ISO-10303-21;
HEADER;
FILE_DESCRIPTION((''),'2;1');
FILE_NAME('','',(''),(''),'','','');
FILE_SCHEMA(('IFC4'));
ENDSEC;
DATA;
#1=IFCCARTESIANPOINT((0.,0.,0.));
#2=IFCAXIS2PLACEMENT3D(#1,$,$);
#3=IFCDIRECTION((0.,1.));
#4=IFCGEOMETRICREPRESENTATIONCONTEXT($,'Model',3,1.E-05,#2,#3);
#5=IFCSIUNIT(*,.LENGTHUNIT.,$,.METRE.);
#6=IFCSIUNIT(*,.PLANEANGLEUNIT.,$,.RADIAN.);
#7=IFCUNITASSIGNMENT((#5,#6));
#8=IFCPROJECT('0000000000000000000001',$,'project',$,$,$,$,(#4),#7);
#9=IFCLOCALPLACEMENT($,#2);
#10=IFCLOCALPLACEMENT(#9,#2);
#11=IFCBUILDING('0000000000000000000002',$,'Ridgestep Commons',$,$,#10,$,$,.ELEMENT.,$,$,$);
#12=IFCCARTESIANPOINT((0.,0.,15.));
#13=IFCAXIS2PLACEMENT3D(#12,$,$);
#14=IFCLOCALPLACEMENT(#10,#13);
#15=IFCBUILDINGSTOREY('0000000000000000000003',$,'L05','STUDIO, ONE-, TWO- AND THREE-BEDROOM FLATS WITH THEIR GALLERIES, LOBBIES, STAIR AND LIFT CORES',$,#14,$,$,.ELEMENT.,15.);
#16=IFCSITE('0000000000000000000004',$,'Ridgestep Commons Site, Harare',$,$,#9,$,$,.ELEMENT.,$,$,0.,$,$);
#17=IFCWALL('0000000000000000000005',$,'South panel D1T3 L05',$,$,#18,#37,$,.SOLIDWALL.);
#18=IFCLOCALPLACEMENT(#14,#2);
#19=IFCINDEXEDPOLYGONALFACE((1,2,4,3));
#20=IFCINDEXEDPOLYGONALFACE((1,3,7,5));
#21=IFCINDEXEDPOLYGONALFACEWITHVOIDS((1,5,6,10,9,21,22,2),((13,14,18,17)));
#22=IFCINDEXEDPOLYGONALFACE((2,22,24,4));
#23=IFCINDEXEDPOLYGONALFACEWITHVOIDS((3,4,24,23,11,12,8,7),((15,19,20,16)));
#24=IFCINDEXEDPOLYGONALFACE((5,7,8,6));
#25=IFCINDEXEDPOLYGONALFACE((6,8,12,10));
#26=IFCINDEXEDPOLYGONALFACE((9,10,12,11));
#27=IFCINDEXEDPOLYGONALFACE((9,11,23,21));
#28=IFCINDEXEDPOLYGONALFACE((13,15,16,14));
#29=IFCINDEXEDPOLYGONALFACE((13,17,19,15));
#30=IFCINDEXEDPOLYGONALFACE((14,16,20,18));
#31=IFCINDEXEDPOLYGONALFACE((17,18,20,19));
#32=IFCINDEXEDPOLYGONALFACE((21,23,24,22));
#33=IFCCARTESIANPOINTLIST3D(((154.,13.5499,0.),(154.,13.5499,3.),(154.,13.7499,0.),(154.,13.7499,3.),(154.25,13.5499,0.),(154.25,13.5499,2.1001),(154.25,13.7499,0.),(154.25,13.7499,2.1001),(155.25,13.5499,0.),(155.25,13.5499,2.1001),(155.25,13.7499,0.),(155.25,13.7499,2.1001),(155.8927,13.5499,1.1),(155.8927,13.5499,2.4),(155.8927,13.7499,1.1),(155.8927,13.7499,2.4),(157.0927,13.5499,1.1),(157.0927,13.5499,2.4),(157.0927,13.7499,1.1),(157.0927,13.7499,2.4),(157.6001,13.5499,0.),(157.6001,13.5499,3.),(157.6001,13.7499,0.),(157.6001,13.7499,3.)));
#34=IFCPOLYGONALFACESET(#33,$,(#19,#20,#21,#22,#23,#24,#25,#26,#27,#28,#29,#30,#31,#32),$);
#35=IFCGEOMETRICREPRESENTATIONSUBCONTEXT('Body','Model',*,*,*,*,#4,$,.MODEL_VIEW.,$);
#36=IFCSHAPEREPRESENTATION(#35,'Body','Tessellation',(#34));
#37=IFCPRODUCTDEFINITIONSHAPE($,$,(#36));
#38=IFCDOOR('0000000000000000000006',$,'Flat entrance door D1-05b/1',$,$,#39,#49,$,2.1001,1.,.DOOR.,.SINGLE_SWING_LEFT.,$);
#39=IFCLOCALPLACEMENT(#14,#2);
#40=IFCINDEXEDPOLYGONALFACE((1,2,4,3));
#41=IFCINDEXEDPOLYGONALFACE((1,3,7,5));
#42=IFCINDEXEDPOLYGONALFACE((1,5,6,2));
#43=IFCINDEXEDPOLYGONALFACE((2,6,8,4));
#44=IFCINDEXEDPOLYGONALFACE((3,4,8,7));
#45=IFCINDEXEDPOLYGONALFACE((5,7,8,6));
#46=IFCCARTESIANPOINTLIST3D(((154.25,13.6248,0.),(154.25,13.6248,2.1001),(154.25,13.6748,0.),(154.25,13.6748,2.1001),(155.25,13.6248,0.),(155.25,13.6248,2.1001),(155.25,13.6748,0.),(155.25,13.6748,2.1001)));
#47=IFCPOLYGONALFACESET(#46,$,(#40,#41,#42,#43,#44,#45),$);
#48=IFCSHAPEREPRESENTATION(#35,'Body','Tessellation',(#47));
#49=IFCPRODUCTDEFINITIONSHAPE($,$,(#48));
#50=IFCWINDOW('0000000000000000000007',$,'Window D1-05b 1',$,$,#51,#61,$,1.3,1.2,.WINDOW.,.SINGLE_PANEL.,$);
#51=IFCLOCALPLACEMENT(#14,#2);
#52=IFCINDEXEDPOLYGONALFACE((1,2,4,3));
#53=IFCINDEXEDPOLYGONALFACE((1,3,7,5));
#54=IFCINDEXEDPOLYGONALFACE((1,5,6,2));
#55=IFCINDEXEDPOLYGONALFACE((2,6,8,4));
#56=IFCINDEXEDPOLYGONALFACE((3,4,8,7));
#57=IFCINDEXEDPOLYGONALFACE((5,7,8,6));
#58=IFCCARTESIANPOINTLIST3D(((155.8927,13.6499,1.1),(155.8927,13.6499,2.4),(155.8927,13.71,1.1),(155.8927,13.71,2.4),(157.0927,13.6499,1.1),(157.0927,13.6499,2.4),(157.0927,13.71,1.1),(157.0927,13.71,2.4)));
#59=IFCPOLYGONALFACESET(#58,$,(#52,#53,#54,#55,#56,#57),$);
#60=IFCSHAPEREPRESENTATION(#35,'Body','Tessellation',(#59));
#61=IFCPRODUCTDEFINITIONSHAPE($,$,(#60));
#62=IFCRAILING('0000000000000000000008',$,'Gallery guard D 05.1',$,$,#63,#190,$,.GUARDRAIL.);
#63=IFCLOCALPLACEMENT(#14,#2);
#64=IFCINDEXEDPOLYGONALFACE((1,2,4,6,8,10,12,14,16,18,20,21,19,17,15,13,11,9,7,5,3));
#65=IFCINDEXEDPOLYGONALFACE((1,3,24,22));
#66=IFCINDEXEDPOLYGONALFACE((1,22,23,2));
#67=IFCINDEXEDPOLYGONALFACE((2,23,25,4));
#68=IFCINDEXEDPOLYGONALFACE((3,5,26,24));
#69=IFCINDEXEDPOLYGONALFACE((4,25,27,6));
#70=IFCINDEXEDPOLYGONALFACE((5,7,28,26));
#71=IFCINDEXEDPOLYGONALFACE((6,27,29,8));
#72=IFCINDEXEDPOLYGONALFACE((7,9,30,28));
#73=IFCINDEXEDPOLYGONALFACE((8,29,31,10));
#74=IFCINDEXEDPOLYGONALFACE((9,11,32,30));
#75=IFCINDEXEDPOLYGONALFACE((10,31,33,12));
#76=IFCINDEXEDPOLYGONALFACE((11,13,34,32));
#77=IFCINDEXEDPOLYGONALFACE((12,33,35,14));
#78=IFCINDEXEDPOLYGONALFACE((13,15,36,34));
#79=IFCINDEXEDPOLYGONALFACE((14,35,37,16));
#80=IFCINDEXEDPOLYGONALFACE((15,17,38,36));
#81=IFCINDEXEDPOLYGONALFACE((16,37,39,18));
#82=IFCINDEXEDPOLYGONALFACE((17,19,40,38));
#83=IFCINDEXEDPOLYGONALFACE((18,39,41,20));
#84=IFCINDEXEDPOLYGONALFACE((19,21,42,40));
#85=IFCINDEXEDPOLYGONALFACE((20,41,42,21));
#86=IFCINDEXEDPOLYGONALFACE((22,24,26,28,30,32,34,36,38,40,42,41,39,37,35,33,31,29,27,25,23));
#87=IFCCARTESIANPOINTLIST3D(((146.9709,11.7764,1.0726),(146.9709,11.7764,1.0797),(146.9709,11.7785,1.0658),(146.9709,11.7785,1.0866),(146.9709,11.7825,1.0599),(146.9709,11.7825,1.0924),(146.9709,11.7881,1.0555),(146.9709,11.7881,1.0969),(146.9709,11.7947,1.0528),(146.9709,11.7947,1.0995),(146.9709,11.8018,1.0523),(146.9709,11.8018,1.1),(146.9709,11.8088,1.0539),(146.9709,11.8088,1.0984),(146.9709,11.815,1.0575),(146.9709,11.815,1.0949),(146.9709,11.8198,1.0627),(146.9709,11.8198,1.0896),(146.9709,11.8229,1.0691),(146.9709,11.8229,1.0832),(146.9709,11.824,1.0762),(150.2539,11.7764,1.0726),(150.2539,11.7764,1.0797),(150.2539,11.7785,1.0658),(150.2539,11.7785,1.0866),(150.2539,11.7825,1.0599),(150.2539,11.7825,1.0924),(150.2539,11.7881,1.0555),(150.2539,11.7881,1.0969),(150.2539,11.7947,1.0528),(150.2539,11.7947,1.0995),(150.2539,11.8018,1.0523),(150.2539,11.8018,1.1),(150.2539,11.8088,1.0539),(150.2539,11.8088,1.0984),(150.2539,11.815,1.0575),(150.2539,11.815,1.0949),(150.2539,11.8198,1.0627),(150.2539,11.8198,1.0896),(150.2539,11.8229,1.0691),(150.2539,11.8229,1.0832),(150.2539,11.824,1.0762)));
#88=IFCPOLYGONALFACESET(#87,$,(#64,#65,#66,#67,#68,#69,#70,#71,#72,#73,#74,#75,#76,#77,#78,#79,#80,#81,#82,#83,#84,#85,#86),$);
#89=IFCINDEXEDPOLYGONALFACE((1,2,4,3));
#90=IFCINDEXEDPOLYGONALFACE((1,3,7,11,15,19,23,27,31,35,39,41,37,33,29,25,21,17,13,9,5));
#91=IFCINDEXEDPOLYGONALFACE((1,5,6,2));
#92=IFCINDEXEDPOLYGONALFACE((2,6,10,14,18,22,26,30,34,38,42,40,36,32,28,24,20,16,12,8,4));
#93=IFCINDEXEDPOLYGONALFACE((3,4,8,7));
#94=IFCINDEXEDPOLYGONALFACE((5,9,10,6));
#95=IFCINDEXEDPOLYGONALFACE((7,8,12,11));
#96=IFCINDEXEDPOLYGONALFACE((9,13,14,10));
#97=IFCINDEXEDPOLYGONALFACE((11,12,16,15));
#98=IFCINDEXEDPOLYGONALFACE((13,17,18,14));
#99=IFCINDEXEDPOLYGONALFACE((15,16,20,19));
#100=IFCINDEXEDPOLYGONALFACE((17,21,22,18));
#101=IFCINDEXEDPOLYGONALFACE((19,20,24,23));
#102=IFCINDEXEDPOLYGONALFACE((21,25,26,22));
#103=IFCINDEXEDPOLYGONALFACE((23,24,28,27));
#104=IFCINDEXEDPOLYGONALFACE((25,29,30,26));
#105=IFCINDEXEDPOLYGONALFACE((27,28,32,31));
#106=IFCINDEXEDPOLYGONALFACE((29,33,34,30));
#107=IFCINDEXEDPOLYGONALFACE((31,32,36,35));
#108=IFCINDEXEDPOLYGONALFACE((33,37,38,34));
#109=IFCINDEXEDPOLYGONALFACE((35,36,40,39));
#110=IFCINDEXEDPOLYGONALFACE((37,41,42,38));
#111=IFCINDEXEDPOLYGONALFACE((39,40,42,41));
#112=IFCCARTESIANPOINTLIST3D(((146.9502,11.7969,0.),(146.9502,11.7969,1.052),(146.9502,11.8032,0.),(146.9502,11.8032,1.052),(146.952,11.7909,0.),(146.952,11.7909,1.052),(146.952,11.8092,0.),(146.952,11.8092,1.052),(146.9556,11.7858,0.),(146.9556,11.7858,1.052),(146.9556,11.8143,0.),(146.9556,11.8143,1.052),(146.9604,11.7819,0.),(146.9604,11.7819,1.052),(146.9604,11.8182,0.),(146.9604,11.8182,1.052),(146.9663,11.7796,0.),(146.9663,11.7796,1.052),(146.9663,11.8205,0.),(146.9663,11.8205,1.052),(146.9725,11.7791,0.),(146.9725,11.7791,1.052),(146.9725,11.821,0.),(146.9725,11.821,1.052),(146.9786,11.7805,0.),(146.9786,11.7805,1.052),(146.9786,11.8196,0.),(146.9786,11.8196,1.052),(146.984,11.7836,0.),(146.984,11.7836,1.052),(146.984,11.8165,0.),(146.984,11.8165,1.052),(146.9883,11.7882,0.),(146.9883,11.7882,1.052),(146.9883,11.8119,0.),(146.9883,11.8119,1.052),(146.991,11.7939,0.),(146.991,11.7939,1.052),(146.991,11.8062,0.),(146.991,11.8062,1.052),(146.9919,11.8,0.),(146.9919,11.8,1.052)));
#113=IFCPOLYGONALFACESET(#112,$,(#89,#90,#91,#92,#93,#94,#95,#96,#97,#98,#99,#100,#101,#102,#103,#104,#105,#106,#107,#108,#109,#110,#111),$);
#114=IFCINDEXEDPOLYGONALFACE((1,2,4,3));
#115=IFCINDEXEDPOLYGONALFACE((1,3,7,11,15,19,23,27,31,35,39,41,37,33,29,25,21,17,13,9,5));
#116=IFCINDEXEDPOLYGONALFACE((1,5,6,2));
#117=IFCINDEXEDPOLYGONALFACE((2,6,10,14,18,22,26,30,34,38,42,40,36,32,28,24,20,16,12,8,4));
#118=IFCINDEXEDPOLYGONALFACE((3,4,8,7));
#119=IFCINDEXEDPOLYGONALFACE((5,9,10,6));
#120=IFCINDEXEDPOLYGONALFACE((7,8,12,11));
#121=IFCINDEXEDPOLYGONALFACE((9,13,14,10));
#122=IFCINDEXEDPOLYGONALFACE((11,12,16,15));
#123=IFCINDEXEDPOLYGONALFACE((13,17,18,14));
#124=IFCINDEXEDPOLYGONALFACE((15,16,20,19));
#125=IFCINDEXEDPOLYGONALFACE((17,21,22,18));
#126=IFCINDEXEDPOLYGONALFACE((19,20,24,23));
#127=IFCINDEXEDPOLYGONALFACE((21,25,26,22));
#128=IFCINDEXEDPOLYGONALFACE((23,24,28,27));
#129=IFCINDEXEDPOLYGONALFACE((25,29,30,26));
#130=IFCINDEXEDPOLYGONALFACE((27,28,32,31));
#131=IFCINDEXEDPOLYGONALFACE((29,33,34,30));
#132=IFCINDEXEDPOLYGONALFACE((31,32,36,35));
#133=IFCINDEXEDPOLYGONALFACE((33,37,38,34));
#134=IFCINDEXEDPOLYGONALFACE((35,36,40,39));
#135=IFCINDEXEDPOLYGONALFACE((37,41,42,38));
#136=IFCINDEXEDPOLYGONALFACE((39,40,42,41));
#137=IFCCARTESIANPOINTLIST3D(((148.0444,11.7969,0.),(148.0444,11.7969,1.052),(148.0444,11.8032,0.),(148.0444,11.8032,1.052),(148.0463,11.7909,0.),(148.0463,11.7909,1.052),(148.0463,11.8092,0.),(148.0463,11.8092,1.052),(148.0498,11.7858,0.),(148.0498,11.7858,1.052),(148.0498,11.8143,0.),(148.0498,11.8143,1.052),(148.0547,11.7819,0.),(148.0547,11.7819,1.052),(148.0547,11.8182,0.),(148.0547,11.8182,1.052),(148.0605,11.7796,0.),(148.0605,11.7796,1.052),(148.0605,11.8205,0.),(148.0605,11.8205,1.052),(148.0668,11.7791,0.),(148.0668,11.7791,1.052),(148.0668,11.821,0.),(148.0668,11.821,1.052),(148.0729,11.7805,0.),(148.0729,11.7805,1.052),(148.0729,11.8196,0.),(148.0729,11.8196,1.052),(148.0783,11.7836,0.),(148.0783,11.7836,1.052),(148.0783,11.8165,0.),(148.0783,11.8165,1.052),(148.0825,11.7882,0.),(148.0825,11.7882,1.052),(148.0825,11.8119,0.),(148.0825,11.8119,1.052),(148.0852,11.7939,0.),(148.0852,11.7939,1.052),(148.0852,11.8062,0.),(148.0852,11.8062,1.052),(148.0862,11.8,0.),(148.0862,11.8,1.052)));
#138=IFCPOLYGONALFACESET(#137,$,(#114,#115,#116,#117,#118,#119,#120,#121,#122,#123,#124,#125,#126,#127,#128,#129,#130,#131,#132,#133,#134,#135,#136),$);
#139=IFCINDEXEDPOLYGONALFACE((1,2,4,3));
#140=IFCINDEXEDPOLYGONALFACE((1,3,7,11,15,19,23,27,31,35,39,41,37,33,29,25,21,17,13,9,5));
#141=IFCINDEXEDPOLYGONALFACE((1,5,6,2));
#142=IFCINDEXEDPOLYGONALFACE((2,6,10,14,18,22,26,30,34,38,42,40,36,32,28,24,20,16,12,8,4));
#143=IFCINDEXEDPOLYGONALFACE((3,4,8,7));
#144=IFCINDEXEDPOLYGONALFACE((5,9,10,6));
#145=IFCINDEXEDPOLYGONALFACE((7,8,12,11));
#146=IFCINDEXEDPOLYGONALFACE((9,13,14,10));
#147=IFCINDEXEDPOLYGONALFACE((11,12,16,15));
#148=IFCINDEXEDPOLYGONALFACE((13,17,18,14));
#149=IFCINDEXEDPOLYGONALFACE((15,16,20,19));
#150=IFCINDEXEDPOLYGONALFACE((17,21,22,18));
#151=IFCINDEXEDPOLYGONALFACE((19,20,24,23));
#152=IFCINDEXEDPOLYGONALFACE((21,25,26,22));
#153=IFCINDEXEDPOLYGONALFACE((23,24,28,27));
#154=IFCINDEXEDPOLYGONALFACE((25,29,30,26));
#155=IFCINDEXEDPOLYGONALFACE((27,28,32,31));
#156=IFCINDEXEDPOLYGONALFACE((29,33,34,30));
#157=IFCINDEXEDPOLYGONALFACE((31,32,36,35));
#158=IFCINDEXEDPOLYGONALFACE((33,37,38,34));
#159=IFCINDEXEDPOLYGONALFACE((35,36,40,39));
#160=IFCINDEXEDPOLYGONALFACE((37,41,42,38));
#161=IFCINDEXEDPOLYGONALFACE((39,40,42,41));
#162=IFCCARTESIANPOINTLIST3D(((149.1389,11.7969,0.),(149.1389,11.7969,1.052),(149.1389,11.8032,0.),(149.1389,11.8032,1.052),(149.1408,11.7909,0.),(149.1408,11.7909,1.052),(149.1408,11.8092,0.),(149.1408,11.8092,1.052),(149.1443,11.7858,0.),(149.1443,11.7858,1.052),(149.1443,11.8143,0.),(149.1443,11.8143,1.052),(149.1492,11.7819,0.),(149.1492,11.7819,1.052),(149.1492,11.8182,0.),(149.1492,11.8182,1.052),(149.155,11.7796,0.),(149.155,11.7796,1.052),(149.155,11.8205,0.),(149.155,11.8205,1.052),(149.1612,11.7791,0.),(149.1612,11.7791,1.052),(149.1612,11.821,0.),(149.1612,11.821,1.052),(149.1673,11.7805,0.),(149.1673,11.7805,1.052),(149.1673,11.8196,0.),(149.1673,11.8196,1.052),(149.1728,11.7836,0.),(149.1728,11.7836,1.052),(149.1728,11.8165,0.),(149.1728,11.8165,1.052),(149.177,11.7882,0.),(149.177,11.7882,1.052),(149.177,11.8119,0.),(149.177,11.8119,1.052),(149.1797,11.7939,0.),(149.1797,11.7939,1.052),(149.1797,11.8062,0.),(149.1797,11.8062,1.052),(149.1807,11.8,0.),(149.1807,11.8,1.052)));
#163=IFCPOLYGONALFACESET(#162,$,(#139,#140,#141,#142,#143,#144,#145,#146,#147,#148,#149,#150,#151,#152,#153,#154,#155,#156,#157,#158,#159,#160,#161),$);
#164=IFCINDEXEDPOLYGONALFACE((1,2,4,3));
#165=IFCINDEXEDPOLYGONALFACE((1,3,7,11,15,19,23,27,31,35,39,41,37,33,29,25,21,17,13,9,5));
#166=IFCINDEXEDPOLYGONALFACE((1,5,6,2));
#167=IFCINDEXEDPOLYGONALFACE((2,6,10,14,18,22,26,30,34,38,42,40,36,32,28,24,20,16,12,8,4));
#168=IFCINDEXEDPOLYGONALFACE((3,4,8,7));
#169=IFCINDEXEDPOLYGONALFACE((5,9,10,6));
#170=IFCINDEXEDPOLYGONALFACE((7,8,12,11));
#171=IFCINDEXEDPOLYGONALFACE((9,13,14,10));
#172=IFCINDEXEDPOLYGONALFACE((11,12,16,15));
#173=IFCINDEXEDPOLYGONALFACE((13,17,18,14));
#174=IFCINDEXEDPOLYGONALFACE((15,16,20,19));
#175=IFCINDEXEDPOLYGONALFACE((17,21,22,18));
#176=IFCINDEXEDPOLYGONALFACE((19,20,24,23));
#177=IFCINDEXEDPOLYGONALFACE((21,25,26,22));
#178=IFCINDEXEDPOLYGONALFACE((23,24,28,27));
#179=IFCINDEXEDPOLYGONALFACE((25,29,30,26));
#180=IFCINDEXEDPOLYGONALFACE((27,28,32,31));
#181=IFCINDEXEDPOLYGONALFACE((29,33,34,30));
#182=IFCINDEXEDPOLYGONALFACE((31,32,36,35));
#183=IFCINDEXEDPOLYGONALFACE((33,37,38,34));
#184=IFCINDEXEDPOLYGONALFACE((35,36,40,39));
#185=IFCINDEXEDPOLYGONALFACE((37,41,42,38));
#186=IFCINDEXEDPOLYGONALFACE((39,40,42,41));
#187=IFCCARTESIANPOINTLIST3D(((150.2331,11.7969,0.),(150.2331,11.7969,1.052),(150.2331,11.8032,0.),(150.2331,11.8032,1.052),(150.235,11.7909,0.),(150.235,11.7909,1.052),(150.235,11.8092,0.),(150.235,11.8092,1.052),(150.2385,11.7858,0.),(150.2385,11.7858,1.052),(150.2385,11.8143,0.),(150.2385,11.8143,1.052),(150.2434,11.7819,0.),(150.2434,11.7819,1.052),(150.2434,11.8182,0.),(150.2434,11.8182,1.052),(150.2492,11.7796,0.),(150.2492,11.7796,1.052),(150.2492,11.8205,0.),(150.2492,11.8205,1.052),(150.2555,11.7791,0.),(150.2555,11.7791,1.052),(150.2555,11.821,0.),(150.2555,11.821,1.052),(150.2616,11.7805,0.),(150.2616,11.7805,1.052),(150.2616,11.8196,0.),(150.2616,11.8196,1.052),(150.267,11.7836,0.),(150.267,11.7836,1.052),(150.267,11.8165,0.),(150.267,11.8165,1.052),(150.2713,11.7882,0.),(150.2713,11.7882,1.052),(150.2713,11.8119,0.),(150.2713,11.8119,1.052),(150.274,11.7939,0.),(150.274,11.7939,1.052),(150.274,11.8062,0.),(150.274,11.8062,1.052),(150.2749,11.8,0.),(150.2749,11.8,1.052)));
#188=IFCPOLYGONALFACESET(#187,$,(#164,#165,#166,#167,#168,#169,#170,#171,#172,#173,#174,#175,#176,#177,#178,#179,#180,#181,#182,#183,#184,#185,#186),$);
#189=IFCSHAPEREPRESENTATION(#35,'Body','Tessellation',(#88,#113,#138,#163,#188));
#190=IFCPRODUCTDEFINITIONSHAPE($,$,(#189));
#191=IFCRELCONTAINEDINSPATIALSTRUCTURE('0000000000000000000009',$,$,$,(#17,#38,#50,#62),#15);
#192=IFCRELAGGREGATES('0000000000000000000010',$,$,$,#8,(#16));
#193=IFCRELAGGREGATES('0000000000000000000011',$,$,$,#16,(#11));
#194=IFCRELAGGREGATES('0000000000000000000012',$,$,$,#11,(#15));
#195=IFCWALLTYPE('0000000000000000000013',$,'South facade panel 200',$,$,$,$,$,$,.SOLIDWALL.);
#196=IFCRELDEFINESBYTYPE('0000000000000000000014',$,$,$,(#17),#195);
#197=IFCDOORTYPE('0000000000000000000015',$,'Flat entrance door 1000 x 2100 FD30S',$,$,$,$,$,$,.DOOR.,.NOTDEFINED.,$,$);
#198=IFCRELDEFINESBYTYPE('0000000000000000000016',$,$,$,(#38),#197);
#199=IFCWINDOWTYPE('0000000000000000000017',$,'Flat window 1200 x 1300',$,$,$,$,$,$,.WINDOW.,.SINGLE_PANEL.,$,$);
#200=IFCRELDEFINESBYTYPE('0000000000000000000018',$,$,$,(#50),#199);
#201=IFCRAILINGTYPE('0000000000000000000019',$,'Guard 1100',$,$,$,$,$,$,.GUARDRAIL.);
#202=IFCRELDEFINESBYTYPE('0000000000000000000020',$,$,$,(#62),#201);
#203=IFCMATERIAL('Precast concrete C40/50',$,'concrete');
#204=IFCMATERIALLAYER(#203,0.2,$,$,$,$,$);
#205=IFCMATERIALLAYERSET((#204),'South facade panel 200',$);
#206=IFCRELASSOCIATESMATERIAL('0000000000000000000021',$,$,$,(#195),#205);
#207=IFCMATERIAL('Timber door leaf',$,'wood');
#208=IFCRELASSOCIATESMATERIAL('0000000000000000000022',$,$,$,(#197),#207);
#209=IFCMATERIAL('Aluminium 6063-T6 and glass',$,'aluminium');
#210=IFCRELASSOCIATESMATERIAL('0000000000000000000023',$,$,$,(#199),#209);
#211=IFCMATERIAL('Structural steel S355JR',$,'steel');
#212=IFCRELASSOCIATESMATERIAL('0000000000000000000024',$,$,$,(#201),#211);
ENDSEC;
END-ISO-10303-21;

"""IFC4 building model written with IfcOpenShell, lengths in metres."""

from ifc_helpers import new_model, si_unit, direction, frame, frame_2d, origin, origin_2d, place, context, subcontext, project, spatial, rectangle, circle, extrude, material, layer, layer_set, type_object, element, fill, save


model = new_model("IFC4")

# Units and contexts
model_context = context("Model", 3, precision=1e-05, world=origin(), true_north=direction((0.0, 1.0)))
body_context = subcontext(model_context, "Body", "Model", "MODEL_VIEW")
ifc_project = project(units=[si_unit("LENGTHUNIT", "METRE"), si_unit("PLANEANGLEUNIT", "RADIAN")], contexts=[model_context])

# Site, building, storey
site_placement = place(None, origin())
site = spatial("IfcSite", under=ifc_project, at=site_placement, Name="Ridgestep Commons Site, Harare", CompositionType="ELEMENT", RefElevation=0.0)
building_placement = place(site_placement, origin())
building = spatial("IfcBuilding", under=site, at=building_placement, Name="Ridgestep Commons", CompositionType="ELEMENT")
storey_placement = place(building_placement, frame((0.0, 0.0, 15.0)))
storey = spatial("IfcBuildingStorey", under=building, at=storey_placement, Name="L05", Description="STUDIO, ONE-, TWO- AND THREE-BEDROOM FLATS WITH THEIR GALLERIES, LOBBIES, STAIR AND LIFT CORES", CompositionType="ELEMENT", Elevation=15.0)

# Shared definitions
ifc_material_1 = material(Name="Precast concrete C40/50", Category="concrete")
ifc_layer_1 = layer(ifc_material_1, 0.2)
ifc_layer_set_1 = layer_set([ifc_layer_1], Name="South facade panel 200")
wall_type_1 = type_object("IfcWallType", Name="South facade panel 200", PredefinedType="SOLIDWALL", material=ifc_layer_set_1)
ifc_material_2 = material(Name="Timber door leaf", Category="wood")
door_type_1 = type_object("IfcDoorType", Name="Flat entrance door 1000 x 2100 FD30S", OperationType="NOTDEFINED", PredefinedType="DOOR", material=ifc_material_2)
ifc_material_3 = material(Name="Aluminium 6063-T6 and glass", Category="aluminium")
window_type_1 = type_object("IfcWindowType", Name="Flat window 1200 x 1300", PartitioningType="SINGLE_PANEL", PredefinedType="WINDOW", material=ifc_material_3)

# Wall, openings, door, window
wall_1_placement = place(storey_placement, frame((154.0, 13.6499, 0.0), z_axis=(0.0, 0.0, 1.0), x_axis=(1.0, 0.0, 0.0)))
wall_1 = element("IfcWall", 1, at=wall_1_placement, inside=storey, type_object=wall_type_1, Name="South panel D1T3 L05", PredefinedType="SOLIDWALL", context=body_context, shape_type="SweptSolid", body=[
    extrude(rectangle(XDim=3.6001, YDim=0.2, at=frame_2d((1.8, 0.0))), origin(), (0.0, 0.0, 1.0), 3.0),
])
opening_1_placement = place(wall_1_placement, frame((1.8926, 0.0, 1.1001)))
opening_1 = element("IfcOpeningElement", 2, at=opening_1_placement, cuts=wall_1, PredefinedType="OPENING", context=body_context, shape_type="SweptSolid", body=[
    extrude(rectangle(XDim=1.2, YDim=1.3, at=frame_2d((0.6001, 0.6499))), frame((0.0, 0.1099, 0.0), z_axis=(0.0, -1.0, 0.0), x_axis=(1.0, 0.0, 0.0)), (0.0, 0.0, 1.0), 0.22),
])
opening_2_placement = place(wall_1_placement, frame((0.25, 0.0, 0.0)))
opening_2 = element("IfcOpeningElement", 3, at=opening_2_placement, cuts=wall_1, PredefinedType="OPENING", context=body_context, shape_type="SweptSolid", body=[
    extrude(rectangle(XDim=1.0, YDim=2.1001, at=frame_2d((0.5, 1.05))), frame((0.0, 0.1099, 0.0), z_axis=(0.0, -1.0, 0.0), x_axis=(1.0, 0.0, 0.0)), (0.0, 0.0, 1.0), 0.22),
])
door_1_placement = place(opening_2_placement, origin())
door_1 = element("IfcDoor", 4, at=door_1_placement, inside=storey, type_object=door_type_1, Name="Flat entrance door D1-05b/1", OperationType="SINGLE_SWING_LEFT", OverallHeight=2.1001, OverallWidth=1.0, PredefinedType="DOOR", context=body_context, shape_type="SweptSolid", body=[
    extrude(rectangle(XDim=1.0, YDim=2.1001, at=frame_2d((0.5, 1.05))), frame((0.0, 0.0249, 0.0), z_axis=(0.0, -1.0, 0.0), x_axis=(1.0, 0.0, 0.0)), (0.0, 0.0, 1.0), 0.05),
])
fill(opening_2, door_1)
window_1_placement = place(opening_1_placement, origin())
window_1 = element("IfcWindow", 5, at=window_1_placement, inside=storey, type_object=window_type_1, Name="Window D1-05b 1", OverallHeight=1.3, OverallWidth=1.2, PartitioningType="SINGLE_PANEL", PredefinedType="WINDOW", context=body_context, shape_type="SweptSolid", body=[
    extrude(rectangle(XDim=1.2, YDim=1.3, at=frame_2d((0.6001, 0.6499))), frame((0.0, 0.0601, 0.0), z_axis=(0.0, -1.0, 0.0), x_axis=(1.0, 0.0, 0.0)), (0.0, 0.0, 1.0), 0.0601),
])
fill(opening_1, window_1)

# Railing
ifc_material_4 = material(Name="Structural steel S355JR", Category="steel")
railing_type = type_object("IfcRailingType", Name="Guard 1100", PredefinedType="GUARDRAIL", material=ifc_material_4)
railing_placement = place(storey_placement, frame((146.9709, 11.8, 0.0)))
element("IfcRailing", 6, at=railing_placement, inside=storey, type_object=railing_type, Name="Gallery guard D 05.1", PredefinedType="GUARDRAIL", context=body_context, shape_type="SweptSolid", body=[
    extrude(circle(Radius=0.0239, at=origin_2d()), frame((0.0, 0.0, 1.0762), z_axis=(1.0, 0.0, 0.0), x_axis=(0.0, 1.0, 0.0)), (0.0, 0.0, 1.0), 3.283),
    extrude(circle(Radius=0.021, at=origin_2d()), origin(), (0.0, 0.0, 1.0), 1.052),
    extrude(circle(Radius=0.021, at=origin_2d()), frame((1.0942, 0.0, 0.0)), (0.0, 0.0, 1.0), 1.052),
    extrude(circle(Radius=0.021, at=origin_2d()), frame((2.1887, 0.0, 0.0)), (0.0, 0.0, 1.0), 1.052),
    extrude(circle(Radius=0.021, at=origin_2d()), frame((3.283, 0.0, 0.0)), (0.0, 0.0, 1.0), 1.052),
])

save(model, "model.ifc")
